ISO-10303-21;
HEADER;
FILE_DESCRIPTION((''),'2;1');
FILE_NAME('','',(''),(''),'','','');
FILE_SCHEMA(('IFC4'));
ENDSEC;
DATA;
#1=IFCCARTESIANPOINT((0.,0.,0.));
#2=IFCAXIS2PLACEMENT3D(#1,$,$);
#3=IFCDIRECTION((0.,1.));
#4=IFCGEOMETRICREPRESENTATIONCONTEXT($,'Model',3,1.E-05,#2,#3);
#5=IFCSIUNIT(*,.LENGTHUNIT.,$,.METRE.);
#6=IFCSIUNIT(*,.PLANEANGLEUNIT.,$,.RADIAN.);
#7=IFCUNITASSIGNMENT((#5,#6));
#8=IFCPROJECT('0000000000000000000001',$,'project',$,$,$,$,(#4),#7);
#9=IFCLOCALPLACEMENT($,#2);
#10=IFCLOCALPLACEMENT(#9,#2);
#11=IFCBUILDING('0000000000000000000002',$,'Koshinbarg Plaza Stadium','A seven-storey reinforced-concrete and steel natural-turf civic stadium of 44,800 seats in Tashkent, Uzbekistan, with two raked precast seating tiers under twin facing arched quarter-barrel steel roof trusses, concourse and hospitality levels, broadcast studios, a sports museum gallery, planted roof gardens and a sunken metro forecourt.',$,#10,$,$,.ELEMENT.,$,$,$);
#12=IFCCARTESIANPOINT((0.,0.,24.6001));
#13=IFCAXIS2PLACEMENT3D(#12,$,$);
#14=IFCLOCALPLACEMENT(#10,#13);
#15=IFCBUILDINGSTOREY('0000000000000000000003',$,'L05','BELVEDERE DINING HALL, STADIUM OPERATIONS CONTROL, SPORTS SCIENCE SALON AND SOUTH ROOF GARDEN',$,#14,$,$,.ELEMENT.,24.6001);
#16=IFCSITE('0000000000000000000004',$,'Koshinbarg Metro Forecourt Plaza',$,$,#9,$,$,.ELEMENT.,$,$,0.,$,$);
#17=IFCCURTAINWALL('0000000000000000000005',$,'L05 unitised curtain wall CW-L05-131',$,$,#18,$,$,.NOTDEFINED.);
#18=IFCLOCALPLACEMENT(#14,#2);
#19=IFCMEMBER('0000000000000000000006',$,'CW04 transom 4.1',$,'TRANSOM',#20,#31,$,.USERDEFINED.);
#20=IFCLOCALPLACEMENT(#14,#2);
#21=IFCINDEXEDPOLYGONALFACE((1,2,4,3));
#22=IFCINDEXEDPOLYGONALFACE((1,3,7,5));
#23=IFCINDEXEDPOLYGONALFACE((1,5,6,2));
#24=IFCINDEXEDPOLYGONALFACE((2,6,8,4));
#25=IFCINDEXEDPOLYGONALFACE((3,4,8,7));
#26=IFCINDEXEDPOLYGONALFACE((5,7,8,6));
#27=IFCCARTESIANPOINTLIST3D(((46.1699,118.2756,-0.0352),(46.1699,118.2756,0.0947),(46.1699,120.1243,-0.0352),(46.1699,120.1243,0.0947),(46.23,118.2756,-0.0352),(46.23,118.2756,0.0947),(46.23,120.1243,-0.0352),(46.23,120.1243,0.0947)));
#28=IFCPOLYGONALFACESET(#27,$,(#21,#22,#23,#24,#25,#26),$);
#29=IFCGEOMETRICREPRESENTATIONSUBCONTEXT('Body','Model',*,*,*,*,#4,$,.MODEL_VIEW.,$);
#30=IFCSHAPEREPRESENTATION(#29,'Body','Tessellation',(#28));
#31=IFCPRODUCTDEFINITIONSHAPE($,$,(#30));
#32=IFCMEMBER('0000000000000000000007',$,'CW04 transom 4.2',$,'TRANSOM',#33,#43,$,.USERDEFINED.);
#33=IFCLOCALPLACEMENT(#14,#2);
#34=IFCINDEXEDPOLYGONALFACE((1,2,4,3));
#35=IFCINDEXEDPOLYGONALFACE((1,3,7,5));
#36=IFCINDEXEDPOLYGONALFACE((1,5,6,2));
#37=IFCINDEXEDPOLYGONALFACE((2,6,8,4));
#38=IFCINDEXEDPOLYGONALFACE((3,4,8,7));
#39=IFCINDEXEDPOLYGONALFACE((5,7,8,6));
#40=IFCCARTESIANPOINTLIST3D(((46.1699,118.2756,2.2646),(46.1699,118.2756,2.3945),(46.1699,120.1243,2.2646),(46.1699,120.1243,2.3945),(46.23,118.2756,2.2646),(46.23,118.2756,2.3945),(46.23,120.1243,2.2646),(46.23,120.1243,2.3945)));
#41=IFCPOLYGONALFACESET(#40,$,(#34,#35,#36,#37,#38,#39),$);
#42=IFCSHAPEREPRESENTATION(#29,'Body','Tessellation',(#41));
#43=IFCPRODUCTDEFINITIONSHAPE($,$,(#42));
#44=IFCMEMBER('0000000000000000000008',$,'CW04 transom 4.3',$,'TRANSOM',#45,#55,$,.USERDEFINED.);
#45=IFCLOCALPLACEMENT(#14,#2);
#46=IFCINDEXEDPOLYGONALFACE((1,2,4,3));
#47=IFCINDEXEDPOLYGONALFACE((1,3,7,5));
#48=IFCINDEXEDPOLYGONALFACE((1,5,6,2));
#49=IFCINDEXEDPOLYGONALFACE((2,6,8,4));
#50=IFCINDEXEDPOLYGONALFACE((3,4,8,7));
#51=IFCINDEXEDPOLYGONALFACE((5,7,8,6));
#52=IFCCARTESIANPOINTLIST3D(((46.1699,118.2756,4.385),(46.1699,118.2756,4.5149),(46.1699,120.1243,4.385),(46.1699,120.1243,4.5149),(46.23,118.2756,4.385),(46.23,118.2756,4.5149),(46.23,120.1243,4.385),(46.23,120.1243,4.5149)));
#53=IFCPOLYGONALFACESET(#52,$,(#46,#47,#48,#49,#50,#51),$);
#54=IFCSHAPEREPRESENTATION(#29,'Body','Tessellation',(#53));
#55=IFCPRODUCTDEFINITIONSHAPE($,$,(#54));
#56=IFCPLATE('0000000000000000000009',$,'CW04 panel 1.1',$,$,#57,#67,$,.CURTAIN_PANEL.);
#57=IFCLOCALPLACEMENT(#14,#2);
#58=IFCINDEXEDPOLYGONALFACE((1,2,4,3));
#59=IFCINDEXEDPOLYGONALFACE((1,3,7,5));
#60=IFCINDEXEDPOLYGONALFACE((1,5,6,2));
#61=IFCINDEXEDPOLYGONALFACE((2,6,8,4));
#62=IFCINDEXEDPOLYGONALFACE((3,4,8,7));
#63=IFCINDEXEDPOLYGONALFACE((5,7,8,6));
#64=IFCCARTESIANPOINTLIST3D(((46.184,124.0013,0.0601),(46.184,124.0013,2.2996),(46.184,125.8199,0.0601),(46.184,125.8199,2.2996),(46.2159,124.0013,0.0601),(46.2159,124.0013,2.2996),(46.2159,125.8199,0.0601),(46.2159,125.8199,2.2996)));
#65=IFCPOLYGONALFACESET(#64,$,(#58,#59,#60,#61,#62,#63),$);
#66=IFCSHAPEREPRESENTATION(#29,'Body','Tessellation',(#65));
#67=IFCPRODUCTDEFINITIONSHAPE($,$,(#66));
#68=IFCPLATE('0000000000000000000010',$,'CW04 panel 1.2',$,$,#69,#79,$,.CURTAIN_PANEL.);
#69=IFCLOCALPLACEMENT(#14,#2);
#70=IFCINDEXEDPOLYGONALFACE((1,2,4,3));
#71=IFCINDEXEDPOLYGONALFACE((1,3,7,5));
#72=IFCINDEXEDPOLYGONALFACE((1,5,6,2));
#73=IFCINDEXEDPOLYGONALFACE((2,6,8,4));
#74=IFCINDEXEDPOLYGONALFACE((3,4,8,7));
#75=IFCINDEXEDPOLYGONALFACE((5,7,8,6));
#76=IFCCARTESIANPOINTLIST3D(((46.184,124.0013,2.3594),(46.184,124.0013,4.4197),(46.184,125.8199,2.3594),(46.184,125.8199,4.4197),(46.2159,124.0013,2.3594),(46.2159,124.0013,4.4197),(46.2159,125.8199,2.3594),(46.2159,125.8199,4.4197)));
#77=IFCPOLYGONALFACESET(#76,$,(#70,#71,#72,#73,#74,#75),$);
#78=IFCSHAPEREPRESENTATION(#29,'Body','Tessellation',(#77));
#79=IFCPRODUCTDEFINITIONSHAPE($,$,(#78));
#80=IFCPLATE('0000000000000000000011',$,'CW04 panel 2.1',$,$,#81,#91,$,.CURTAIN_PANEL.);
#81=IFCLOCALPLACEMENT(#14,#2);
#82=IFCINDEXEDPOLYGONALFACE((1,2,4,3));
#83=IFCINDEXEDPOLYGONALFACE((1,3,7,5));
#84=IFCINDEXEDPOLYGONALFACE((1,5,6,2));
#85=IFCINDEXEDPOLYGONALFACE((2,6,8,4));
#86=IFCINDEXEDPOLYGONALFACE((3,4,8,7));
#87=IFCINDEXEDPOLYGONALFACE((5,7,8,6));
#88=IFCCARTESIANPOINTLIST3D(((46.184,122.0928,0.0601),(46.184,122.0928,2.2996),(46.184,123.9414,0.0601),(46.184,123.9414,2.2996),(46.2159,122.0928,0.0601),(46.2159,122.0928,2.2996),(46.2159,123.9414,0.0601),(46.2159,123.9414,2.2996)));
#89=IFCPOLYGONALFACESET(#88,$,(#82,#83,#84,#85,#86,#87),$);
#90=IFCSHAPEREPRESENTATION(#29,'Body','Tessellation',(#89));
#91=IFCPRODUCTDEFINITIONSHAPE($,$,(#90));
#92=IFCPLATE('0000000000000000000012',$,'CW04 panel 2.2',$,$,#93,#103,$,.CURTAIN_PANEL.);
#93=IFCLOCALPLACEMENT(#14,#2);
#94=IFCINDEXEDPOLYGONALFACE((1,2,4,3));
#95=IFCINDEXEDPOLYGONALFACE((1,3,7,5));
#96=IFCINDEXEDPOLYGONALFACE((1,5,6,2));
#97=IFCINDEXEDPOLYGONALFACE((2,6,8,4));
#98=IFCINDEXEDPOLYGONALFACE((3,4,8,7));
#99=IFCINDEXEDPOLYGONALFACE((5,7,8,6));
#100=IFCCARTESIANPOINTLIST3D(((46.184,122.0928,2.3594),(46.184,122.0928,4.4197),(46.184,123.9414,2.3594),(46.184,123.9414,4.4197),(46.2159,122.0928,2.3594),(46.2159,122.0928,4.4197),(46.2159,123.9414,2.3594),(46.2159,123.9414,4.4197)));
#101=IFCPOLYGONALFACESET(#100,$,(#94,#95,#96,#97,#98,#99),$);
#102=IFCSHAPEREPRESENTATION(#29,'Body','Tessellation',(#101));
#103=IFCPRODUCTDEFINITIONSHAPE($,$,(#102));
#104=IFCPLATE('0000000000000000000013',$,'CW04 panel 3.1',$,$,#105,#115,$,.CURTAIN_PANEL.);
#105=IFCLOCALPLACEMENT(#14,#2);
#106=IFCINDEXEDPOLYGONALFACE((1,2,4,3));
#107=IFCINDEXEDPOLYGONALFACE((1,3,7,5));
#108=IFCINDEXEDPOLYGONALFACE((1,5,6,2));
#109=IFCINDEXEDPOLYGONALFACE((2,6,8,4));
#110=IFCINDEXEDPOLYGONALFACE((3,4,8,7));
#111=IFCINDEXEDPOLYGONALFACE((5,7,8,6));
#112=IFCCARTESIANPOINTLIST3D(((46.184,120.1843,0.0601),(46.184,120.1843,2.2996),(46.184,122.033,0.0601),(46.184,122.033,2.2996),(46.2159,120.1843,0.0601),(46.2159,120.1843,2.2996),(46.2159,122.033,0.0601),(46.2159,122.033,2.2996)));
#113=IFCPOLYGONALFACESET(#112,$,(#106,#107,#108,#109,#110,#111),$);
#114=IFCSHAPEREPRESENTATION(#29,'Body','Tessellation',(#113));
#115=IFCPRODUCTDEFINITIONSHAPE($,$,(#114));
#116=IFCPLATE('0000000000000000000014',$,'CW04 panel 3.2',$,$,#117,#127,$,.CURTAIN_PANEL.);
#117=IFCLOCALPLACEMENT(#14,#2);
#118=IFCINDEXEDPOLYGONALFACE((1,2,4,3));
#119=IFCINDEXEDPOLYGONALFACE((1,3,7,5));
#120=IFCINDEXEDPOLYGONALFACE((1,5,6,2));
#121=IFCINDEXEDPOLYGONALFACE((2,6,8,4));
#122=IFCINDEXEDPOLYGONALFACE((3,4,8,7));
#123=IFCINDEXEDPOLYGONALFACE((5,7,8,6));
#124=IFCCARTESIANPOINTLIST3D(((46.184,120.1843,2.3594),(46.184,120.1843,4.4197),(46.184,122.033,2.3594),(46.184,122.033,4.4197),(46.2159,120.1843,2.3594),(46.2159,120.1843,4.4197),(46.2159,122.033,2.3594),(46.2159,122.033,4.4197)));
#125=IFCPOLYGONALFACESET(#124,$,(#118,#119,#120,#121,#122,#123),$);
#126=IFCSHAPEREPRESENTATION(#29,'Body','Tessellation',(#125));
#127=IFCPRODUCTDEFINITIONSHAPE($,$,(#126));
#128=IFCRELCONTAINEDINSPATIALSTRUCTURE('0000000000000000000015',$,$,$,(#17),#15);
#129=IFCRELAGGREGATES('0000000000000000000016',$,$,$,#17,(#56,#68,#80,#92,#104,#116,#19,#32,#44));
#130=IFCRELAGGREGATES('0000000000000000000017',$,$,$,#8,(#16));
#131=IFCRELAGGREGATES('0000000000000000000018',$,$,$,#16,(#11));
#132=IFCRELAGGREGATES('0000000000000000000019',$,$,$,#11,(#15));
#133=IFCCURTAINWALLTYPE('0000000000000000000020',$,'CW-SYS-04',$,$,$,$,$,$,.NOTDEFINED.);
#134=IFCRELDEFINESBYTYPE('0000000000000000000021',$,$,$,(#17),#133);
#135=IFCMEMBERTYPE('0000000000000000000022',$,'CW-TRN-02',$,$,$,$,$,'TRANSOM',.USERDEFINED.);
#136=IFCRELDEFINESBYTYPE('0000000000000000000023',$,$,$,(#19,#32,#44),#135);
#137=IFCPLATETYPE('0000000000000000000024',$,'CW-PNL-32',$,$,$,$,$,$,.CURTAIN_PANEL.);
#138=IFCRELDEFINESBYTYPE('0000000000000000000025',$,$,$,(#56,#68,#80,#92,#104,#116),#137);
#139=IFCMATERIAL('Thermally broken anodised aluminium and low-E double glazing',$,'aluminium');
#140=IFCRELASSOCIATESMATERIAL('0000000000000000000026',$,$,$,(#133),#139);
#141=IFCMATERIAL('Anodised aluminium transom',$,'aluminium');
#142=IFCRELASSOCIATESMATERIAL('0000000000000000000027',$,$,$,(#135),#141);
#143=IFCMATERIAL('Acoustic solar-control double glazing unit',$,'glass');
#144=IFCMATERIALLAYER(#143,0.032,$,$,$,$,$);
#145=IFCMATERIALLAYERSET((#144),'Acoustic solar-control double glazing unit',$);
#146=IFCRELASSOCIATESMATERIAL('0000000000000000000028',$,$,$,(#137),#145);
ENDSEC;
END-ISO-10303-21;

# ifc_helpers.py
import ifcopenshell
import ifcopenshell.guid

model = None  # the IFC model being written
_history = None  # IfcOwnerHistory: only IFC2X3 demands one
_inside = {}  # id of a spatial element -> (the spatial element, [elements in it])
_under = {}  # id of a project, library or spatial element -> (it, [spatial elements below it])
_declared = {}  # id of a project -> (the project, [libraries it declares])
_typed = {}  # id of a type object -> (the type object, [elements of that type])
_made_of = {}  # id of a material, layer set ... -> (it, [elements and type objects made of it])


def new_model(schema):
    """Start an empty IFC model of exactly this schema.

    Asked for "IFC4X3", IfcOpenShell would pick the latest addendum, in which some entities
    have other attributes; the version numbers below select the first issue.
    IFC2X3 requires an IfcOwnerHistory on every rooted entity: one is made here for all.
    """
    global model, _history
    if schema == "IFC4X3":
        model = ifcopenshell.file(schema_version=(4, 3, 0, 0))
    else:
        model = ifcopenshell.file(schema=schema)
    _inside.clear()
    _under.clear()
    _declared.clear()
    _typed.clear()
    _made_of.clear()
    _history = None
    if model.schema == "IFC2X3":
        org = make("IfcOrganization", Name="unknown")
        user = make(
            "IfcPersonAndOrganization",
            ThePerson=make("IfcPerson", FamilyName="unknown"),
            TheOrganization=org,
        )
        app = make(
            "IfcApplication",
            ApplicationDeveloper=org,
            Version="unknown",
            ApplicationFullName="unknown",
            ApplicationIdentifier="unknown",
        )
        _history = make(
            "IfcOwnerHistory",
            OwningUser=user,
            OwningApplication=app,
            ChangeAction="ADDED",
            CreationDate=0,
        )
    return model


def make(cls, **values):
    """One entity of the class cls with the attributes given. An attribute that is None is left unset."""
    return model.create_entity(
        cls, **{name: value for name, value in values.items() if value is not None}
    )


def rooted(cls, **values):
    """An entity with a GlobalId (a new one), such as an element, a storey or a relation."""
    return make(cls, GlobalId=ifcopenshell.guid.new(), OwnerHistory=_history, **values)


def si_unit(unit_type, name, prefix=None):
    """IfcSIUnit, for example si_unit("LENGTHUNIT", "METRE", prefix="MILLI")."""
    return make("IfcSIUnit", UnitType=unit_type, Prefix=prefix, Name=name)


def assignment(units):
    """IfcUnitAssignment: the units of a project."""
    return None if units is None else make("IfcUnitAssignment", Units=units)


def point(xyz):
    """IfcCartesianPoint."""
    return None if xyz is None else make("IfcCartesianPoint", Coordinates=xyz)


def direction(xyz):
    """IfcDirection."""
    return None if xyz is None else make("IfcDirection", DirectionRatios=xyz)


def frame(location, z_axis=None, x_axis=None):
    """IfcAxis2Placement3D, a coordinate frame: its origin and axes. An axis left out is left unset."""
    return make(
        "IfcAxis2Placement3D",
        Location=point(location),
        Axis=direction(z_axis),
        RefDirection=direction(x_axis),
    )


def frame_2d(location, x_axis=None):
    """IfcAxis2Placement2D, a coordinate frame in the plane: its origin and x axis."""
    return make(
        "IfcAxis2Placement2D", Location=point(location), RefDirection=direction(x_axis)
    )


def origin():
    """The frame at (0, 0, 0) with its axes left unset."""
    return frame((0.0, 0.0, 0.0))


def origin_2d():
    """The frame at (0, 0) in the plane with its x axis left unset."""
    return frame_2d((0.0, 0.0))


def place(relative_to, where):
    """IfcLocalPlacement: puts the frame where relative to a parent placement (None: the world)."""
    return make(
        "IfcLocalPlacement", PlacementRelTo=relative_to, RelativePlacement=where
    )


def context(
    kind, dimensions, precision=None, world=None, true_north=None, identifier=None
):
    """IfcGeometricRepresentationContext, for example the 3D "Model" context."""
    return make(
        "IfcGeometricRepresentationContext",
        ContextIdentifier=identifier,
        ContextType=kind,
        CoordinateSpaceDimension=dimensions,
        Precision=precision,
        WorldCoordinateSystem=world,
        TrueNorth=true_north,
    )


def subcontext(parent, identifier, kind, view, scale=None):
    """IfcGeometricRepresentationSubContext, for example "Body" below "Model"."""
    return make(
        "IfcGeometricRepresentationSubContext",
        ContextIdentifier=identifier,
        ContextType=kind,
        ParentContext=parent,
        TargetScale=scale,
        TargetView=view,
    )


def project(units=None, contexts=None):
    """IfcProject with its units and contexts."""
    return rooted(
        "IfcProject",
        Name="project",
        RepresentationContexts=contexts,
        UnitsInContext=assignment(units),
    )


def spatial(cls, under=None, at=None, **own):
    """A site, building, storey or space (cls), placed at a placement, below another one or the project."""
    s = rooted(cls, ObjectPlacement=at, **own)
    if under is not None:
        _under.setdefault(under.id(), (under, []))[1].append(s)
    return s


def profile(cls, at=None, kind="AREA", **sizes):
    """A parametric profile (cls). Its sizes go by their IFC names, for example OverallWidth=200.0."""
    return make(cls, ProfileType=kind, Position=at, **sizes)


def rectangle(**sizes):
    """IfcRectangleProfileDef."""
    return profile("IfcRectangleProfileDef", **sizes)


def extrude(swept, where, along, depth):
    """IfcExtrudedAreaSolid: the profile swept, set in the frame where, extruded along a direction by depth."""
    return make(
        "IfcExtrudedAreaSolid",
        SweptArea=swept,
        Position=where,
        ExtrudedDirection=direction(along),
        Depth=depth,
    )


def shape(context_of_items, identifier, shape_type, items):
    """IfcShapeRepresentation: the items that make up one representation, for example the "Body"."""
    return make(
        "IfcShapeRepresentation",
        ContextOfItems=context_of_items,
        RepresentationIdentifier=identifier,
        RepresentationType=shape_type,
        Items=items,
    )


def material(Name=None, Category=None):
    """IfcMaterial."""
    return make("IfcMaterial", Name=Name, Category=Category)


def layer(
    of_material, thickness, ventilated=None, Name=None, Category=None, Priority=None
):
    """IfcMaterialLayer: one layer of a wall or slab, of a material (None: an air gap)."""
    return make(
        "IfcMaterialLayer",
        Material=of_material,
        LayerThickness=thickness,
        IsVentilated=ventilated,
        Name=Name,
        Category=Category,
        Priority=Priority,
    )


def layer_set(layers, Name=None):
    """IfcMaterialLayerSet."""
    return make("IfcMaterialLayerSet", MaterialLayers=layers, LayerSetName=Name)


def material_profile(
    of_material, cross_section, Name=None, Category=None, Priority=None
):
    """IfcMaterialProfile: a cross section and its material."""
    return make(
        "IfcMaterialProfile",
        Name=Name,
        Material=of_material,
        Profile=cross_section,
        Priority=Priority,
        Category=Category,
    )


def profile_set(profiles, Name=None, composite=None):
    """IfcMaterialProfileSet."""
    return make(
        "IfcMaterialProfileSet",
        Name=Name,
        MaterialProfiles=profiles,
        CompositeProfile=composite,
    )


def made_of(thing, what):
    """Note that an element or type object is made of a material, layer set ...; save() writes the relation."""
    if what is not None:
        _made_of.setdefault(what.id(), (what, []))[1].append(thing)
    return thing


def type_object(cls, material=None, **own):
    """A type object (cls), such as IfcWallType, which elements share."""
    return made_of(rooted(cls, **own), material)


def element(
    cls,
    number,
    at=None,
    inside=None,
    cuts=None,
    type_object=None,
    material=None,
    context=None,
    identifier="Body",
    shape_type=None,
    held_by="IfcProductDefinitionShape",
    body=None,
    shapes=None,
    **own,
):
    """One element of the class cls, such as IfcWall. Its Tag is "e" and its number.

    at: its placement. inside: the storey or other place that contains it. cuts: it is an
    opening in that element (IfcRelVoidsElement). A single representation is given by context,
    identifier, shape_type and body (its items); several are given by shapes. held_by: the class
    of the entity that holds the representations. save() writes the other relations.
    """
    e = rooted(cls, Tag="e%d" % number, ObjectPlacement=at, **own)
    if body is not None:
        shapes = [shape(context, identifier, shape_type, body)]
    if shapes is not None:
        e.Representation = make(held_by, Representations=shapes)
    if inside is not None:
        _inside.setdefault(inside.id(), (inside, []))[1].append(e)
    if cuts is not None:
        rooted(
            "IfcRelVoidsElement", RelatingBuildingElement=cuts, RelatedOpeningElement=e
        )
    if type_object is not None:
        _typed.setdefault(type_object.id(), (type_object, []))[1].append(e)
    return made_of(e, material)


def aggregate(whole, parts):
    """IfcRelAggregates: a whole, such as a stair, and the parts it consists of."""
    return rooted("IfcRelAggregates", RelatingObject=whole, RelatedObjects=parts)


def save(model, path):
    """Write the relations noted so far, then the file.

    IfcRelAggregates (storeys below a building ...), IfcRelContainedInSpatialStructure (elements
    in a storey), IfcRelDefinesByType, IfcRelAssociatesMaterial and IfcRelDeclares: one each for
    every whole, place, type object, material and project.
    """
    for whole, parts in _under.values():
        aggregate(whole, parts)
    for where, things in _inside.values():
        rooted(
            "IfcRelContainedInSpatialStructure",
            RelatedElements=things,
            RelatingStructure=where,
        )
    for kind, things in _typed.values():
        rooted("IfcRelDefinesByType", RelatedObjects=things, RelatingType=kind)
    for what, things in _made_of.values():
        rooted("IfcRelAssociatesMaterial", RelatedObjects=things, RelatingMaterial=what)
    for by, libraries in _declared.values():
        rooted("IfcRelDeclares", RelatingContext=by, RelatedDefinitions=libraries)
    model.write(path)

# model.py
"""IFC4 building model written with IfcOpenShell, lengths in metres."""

from ifc_helpers import new_model, si_unit, direction, frame, origin, origin_2d, place, context, subcontext, project, spatial, rectangle, extrude, material, layer, layer_set, material_profile, profile_set, type_object, element, aggregate, save


model = new_model("IFC4")

# Units and contexts
model_context = context("Model", 3, precision=1e-05, world=origin(), true_north=direction((0.0, 1.0)))
body_context = subcontext(model_context, "Body", "Model", "MODEL_VIEW")
ifc_project = project(units=[si_unit("LENGTHUNIT", "METRE"), si_unit("PLANEANGLEUNIT", "RADIAN")], contexts=[model_context])

# Site, building, storey
site_placement = place(None, origin())
site = spatial("IfcSite", under=ifc_project, at=site_placement, Name="Koshinbarg Metro Forecourt Plaza", CompositionType="ELEMENT", RefElevation=0.0)
building_placement = place(site_placement, origin())
building = spatial("IfcBuilding", under=site, at=building_placement, Name="Koshinbarg Plaza Stadium", Description="A seven-storey reinforced-concrete and steel natural-turf civic stadium of 44,800 seats in Tashkent, Uzbekistan, with two raked precast seating tiers under twin facing arched quarter-barrel steel roof trusses, concourse and hospitality levels, broadcast studios, a sports museum gallery, planted roof gardens and a sunken metro forecourt.", CompositionType="ELEMENT")
storey_placement = place(building_placement, frame((0.0, 0.0, 24.6001)))
storey = spatial("IfcBuildingStorey", under=building, at=storey_placement, Name="L05", Description="BELVEDERE DINING HALL, STADIUM OPERATIONS CONTROL, SPORTS SCIENCE SALON AND SOUTH ROOF GARDEN", CompositionType="ELEMENT", Elevation=24.6001)

# Curtain wall, members, plates
ifc_material_1 = material(Name="Thermally broken anodised aluminium and low-E double glazing", Category="aluminium")
curtain_wall_type = type_object("IfcCurtainWallType", Name="CW-SYS-04", PredefinedType="NOTDEFINED", material=ifc_material_1)
curtain_wall_placement = place(storey_placement, origin())
curtain_wall = element("IfcCurtainWall", 1, at=curtain_wall_placement, inside=storey, type_object=curtain_wall_type, Name="L05 unitised curtain wall CW-L05-131", PredefinedType="NOTDEFINED")
ifc_material_2 = material(Name="Anodised aluminium transom", Category="aluminium")
ifc_material_profile_1 = material_profile(ifc_material_2, rectangle(XDim=0.0601, YDim=0.1299, at=origin_2d()), Name="ALU 60x130")
ifc_profile_set_1 = profile_set([ifc_material_profile_1], Name="Anodised aluminium transom")
member_type_1 = type_object("IfcMemberType", Name="CW-TRN-02", ElementType="TRANSOM", PredefinedType="USERDEFINED", material=ifc_profile_set_1)
member_1_placement = place(storey_placement, frame((46.2, 120.1243, 0.0298), z_axis=(0.0, -1.0, 0.0), x_axis=(1.0, 0.0, 0.0)))
member_1 = element("IfcMember", 2, at=member_1_placement, type_object=member_type_1, Name="CW04 transom 4.1", ObjectType="TRANSOM", PredefinedType="USERDEFINED", context=body_context, shape_type="SweptSolid", body=[
    extrude(rectangle(XDim=0.0601, YDim=0.1299, at=origin_2d()), origin(), (0.0, 0.0, 1.0), 1.8486),
])
member_2_placement = place(storey_placement, frame((46.2, 120.1243, 2.3296), z_axis=(0.0, -1.0, 0.0), x_axis=(1.0, 0.0, 0.0)))
member_2 = element("IfcMember", 3, at=member_2_placement, type_object=member_type_1, Name="CW04 transom 4.2", ObjectType="TRANSOM", PredefinedType="USERDEFINED", context=body_context, shape_type="SweptSolid", body=[
    extrude(rectangle(XDim=0.0601, YDim=0.1299, at=origin_2d()), origin(), (0.0, 0.0, 1.0), 1.8486),
])
member_3_placement = place(storey_placement, frame((46.2, 120.1243, 4.45), z_axis=(0.0, -1.0, 0.0), x_axis=(1.0, 0.0, 0.0)))
member_3 = element("IfcMember", 4, at=member_3_placement, type_object=member_type_1, Name="CW04 transom 4.3", ObjectType="TRANSOM", PredefinedType="USERDEFINED", context=body_context, shape_type="SweptSolid", body=[
    extrude(rectangle(XDim=0.0601, YDim=0.1299, at=origin_2d()), origin(), (0.0, 0.0, 1.0), 1.8486),
])
ifc_material_3 = material(Name="Acoustic solar-control double glazing unit", Category="glass")
ifc_layer = layer(ifc_material_3, 0.032)
ifc_layer_set = layer_set([ifc_layer], Name="Acoustic solar-control double glazing unit")
plate_type = type_object("IfcPlateType", Name="CW-PNL-32", PredefinedType="CURTAIN_PANEL", material=ifc_layer_set)
plate_1_placement = place(storey_placement, frame((46.2, 124.9106, 0.0601), z_axis=(0.0, 0.0, 1.0), x_axis=(0.0, -1.0, 0.0)))
plate_1 = element("IfcPlate", 5, at=plate_1_placement, type_object=plate_type, Name="CW04 panel 1.1", PredefinedType="CURTAIN_PANEL", context=body_context, shape_type="SweptSolid", body=[
    extrude(rectangle(XDim=1.8186, YDim=0.032, at=origin_2d()), origin(), (0.0, 0.0, 1.0), 2.2395),
])
plate_2_placement = place(storey_placement, frame((46.2, 124.9106, 2.3594), z_axis=(0.0, 0.0, 1.0), x_axis=(0.0, -1.0, 0.0)))
plate_2 = element("IfcPlate", 6, at=plate_2_placement, type_object=plate_type, Name="CW04 panel 1.2", PredefinedType="CURTAIN_PANEL", context=body_context, shape_type="SweptSolid", body=[
    extrude(rectangle(XDim=1.8186, YDim=0.032, at=origin_2d()), origin(), (0.0, 0.0, 1.0), 2.0603),
])
plate_3_placement = place(storey_placement, frame((46.2, 123.0171, 0.0601), z_axis=(0.0, 0.0, 1.0), x_axis=(0.0, -1.0, 0.0)))
plate_3 = element("IfcPlate", 7, at=plate_3_placement, type_object=plate_type, Name="CW04 panel 2.1", PredefinedType="CURTAIN_PANEL", context=body_context, shape_type="SweptSolid", body=[
    extrude(rectangle(XDim=1.8486, YDim=0.032, at=origin_2d()), origin(), (0.0, 0.0, 1.0), 2.2395),
])
plate_4_placement = place(storey_placement, frame((46.2, 123.0171, 2.3594), z_axis=(0.0, 0.0, 1.0), x_axis=(0.0, -1.0, 0.0)))
plate_4 = element("IfcPlate", 8, at=plate_4_placement, type_object=plate_type, Name="CW04 panel 2.2", PredefinedType="CURTAIN_PANEL", context=body_context, shape_type="SweptSolid", body=[
    extrude(rectangle(XDim=1.8486, YDim=0.032, at=origin_2d()), origin(), (0.0, 0.0, 1.0), 2.0603),
])
plate_5_placement = place(storey_placement, frame((46.2, 121.1086, 0.0601), z_axis=(0.0, 0.0, 1.0), x_axis=(0.0, -1.0, 0.0)))
plate_5 = element("IfcPlate", 9, at=plate_5_placement, type_object=plate_type, Name="CW04 panel 3.1", PredefinedType="CURTAIN_PANEL", context=body_context, shape_type="SweptSolid", body=[
    extrude(rectangle(XDim=1.8486, YDim=0.032, at=origin_2d()), origin(), (0.0, 0.0, 1.0), 2.2395),
])
plate_6_placement = place(storey_placement, frame((46.2, 121.1086, 2.3594), z_axis=(0.0, 0.0, 1.0), x_axis=(0.0, -1.0, 0.0)))
plate_6 = element("IfcPlate", 10, at=plate_6_placement, type_object=plate_type, Name="CW04 panel 3.2", PredefinedType="CURTAIN_PANEL", context=body_context, shape_type="SweptSolid", body=[
    extrude(rectangle(XDim=1.8486, YDim=0.032, at=origin_2d()), origin(), (0.0, 0.0, 1.0), 2.0603),
])
aggregate(curtain_wall, [plate_1, plate_2, plate_3, plate_4, plate_5, plate_6, member_1, member_2, member_3])

save(model, "model.ifc")
